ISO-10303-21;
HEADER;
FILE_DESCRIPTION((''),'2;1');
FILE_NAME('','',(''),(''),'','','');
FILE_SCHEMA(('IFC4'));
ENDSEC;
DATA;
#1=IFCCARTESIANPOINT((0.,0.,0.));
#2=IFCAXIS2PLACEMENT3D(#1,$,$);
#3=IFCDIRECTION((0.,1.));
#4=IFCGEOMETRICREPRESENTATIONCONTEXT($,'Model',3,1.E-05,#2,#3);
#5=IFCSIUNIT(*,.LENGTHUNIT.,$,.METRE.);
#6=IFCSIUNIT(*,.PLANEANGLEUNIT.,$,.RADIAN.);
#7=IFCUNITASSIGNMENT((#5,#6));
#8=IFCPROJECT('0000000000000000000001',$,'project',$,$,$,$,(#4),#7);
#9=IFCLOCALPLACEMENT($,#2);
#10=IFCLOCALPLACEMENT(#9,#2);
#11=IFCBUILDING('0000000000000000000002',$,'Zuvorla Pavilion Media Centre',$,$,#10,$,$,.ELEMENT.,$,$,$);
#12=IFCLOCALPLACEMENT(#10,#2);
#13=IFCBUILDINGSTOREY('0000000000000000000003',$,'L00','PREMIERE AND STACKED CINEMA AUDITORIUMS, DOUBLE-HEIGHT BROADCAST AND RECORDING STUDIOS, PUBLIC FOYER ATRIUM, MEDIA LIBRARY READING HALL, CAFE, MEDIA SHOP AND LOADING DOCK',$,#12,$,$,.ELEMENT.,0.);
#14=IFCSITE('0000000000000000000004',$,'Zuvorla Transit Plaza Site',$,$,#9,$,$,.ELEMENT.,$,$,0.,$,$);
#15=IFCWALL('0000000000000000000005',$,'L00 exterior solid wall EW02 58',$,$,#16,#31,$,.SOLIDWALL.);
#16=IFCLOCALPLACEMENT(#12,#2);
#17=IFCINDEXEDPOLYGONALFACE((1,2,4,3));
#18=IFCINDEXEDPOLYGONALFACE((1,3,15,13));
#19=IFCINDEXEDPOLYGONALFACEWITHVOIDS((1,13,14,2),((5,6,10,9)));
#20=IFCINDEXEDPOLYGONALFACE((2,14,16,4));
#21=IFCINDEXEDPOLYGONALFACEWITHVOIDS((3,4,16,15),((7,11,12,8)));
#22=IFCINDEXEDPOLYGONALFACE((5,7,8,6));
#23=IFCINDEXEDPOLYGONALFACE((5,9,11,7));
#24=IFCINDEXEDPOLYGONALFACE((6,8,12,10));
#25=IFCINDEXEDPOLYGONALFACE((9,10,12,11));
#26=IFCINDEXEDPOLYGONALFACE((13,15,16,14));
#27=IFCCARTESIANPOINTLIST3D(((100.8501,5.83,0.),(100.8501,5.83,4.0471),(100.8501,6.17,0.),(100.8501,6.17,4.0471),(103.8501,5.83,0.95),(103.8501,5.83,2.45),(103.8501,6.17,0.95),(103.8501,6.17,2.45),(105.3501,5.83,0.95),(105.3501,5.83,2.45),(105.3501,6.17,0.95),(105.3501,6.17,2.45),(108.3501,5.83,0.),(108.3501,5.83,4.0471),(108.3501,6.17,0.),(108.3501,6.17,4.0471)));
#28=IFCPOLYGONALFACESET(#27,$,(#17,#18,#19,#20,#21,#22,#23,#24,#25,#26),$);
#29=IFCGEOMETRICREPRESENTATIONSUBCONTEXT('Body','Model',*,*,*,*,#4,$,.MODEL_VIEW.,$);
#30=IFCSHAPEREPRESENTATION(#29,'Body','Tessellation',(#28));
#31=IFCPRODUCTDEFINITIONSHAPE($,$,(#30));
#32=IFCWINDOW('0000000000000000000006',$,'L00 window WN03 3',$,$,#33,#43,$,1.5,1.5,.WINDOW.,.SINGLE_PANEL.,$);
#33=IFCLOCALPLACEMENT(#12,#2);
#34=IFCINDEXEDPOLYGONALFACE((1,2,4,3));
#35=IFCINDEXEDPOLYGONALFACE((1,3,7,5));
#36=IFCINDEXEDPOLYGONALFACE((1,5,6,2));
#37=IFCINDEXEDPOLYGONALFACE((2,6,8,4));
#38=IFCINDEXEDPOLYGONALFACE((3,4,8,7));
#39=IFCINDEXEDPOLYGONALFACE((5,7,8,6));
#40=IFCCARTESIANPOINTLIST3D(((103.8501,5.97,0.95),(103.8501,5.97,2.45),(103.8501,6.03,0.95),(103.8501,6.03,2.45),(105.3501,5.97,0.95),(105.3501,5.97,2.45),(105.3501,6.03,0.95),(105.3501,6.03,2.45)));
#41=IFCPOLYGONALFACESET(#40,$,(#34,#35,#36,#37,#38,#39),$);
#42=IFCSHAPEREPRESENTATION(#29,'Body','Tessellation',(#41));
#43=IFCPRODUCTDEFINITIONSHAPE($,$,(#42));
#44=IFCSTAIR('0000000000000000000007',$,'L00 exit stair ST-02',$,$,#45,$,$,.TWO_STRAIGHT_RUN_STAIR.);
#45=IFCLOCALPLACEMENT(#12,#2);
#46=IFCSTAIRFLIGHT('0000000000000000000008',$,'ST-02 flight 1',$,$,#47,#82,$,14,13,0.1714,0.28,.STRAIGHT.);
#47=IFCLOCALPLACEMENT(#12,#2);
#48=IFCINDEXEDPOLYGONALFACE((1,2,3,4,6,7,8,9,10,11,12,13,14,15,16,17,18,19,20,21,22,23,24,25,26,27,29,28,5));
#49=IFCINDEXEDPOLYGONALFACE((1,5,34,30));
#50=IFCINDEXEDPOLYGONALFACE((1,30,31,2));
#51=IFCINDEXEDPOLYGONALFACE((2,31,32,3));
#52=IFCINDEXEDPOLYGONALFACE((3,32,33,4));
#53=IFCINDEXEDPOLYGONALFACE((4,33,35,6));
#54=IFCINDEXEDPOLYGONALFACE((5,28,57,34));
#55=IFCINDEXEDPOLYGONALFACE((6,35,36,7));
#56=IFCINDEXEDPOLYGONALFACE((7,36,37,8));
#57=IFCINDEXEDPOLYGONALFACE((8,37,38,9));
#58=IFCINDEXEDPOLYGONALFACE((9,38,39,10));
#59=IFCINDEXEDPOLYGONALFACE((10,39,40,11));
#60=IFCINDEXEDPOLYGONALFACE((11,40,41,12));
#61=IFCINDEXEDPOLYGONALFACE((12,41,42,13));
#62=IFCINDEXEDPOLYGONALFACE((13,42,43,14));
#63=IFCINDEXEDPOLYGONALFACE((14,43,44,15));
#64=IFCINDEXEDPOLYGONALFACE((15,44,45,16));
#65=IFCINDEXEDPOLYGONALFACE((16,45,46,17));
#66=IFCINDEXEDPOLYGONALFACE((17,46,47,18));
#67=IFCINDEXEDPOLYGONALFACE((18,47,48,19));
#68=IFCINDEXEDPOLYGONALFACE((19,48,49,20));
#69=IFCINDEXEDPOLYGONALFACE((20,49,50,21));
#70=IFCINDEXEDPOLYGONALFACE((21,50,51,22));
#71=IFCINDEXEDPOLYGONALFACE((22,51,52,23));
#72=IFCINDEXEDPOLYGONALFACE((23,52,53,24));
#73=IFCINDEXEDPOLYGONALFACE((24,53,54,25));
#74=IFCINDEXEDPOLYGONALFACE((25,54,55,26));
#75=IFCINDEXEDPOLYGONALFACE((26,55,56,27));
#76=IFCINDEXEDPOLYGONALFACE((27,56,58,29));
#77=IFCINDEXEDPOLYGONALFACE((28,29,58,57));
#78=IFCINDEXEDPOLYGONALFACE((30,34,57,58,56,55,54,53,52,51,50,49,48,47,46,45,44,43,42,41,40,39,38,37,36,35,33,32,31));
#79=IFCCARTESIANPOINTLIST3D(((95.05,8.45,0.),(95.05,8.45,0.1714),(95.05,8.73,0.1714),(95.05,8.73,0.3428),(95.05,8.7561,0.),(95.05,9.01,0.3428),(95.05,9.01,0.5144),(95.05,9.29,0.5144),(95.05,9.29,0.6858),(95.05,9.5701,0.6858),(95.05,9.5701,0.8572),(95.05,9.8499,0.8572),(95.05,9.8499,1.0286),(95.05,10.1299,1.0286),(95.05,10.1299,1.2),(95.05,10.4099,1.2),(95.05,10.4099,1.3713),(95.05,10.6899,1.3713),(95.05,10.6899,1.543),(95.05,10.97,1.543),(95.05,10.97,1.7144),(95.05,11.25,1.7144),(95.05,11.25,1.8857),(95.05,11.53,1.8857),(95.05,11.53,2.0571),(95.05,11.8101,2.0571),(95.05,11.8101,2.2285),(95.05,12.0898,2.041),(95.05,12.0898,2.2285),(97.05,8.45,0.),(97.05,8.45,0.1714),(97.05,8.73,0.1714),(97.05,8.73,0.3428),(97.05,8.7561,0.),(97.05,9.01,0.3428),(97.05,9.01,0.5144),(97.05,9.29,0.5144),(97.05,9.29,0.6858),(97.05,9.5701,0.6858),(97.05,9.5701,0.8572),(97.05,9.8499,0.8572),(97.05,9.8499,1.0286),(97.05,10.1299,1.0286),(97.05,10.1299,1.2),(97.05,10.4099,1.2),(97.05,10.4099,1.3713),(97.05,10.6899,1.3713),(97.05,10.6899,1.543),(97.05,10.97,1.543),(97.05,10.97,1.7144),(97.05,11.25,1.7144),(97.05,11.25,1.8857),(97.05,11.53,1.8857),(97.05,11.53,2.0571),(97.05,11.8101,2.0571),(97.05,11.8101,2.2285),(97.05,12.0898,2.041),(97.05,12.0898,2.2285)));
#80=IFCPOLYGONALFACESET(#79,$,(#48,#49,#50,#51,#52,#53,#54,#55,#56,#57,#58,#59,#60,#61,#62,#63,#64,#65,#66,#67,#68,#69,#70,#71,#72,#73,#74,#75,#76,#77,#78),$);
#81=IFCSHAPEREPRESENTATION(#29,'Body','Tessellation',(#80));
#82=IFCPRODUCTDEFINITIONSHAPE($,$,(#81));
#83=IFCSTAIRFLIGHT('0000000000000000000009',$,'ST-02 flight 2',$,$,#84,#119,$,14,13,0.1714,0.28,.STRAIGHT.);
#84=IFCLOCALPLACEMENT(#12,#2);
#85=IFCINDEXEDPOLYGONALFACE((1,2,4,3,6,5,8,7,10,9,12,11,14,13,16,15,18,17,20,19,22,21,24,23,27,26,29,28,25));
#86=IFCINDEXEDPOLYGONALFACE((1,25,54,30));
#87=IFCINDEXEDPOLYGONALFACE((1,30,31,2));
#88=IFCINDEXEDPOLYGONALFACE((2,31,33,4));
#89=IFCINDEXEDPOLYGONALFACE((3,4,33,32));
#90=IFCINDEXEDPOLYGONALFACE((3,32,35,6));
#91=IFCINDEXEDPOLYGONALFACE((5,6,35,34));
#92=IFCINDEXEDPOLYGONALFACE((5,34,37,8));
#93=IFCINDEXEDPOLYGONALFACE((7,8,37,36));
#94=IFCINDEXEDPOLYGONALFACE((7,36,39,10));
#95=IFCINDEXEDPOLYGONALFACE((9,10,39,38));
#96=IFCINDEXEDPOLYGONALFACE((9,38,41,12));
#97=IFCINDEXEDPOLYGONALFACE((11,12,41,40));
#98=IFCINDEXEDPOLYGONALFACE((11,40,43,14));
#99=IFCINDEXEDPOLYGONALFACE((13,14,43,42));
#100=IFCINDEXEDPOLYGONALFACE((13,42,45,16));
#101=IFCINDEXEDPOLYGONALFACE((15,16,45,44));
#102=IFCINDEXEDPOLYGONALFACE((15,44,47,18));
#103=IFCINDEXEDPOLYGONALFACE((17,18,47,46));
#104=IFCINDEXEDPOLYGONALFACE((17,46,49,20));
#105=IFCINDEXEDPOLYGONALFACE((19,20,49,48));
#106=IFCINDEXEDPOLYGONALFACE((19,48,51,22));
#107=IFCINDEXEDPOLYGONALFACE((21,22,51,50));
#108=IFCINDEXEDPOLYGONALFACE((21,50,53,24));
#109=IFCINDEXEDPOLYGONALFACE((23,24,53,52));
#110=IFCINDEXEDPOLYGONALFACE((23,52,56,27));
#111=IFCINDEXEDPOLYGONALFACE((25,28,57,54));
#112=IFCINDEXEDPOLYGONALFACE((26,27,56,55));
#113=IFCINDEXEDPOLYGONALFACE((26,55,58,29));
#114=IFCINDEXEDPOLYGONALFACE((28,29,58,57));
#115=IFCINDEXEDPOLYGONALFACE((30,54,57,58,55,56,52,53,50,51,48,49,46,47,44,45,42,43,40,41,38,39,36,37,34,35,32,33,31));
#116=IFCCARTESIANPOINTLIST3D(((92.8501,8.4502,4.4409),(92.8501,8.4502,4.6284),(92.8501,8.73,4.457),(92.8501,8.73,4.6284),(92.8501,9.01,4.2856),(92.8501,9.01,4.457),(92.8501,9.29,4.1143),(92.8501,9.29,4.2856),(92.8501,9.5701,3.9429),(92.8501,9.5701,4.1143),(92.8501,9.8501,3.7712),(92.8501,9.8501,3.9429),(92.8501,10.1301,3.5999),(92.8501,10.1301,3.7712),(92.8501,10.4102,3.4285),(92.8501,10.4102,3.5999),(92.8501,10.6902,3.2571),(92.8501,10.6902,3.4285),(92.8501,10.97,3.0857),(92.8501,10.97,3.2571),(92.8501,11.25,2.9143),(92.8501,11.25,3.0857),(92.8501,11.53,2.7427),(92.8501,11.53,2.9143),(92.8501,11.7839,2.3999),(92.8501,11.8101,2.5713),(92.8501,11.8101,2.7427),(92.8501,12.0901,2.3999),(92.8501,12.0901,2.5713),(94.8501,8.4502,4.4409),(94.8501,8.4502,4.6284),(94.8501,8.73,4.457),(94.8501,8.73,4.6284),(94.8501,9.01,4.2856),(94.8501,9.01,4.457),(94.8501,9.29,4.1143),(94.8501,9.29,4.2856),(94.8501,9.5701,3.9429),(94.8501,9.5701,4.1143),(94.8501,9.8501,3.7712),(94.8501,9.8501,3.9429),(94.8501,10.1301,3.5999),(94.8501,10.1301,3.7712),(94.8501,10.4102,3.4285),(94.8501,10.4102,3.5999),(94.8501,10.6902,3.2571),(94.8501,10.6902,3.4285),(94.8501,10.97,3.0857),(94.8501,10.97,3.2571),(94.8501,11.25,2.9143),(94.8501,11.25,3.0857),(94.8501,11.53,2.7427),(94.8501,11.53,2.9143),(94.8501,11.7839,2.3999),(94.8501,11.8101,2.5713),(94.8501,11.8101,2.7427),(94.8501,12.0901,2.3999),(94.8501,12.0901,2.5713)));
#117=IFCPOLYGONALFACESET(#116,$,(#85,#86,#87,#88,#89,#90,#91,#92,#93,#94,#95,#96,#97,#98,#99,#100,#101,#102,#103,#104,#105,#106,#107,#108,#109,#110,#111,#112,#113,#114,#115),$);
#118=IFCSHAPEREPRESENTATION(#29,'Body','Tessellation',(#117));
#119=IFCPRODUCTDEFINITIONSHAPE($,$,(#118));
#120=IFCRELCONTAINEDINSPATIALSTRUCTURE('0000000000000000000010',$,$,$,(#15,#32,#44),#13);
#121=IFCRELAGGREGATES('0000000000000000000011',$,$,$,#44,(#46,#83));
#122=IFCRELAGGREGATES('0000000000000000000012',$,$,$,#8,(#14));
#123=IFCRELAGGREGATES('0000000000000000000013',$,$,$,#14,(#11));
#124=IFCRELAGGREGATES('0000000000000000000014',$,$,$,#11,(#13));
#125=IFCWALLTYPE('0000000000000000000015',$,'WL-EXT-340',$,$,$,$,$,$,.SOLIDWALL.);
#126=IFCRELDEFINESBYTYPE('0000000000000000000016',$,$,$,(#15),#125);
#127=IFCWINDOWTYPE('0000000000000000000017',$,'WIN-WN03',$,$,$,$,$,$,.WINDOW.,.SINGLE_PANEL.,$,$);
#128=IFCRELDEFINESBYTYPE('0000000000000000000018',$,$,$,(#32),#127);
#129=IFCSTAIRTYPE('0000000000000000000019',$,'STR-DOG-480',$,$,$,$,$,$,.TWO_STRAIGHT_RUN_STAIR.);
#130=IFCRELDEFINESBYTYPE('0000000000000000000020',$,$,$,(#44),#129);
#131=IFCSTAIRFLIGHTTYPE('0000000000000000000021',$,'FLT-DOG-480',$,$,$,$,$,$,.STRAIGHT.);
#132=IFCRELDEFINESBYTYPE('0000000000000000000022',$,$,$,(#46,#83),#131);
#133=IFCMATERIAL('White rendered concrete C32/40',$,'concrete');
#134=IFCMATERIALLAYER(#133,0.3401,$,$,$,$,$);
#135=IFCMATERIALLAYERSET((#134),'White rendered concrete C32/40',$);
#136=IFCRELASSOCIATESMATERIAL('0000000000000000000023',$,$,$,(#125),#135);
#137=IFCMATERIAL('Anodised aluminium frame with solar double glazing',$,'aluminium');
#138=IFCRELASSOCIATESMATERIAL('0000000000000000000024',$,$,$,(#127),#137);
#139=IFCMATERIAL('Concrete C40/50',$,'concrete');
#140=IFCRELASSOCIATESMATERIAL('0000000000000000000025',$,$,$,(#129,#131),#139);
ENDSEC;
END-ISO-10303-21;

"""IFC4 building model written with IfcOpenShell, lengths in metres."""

from ifc_helpers import new_model, si_unit, direction, frame, frame_2d, origin, place, context, subcontext, project, spatial, polyline, rectangle, outline, extrude, material, layer, layer_set, type_object, element, fill, aggregate, save


model = new_model("IFC4")

# Units and contexts
model_context = context("Model", 3, precision=1e-05, world=origin(), true_north=direction((0.0, 1.0)))
body_context = subcontext(model_context, "Body", "Model", "MODEL_VIEW")
ifc_project = project(units=[si_unit("LENGTHUNIT", "METRE"), si_unit("PLANEANGLEUNIT", "RADIAN")], contexts=[model_context])

# Site, building, storey
site_placement = place(None, origin())
site = spatial("IfcSite", under=ifc_project, at=site_placement, Name="Zuvorla Transit Plaza Site", CompositionType="ELEMENT", RefElevation=0.0)
building_placement = place(site_placement, origin())
building = spatial("IfcBuilding", under=site, at=building_placement, Name="Zuvorla Pavilion Media Centre", CompositionType="ELEMENT")
storey_placement = place(building_placement, origin())
storey = spatial("IfcBuildingStorey", under=building, at=storey_placement, Name="L00", Description="PREMIERE AND STACKED CINEMA AUDITORIUMS, DOUBLE-HEIGHT BROADCAST AND RECORDING STUDIOS, PUBLIC FOYER ATRIUM, MEDIA LIBRARY READING HALL, CAFE, MEDIA SHOP AND LOADING DOCK", CompositionType="ELEMENT", Elevation=0.0)

# Shared definitions
ifc_material_1 = material(Name="Concrete C40/50", Category="concrete")

# Wall, opening, window
ifc_material_2 = material(Name="White rendered concrete C32/40", Category="concrete")
ifc_layer_1 = layer(ifc_material_2, 0.3401)
ifc_layer_set_1 = layer_set([ifc_layer_1], Name="White rendered concrete C32/40")
wall_type_1 = type_object("IfcWallType", Name="WL-EXT-340", PredefinedType="SOLIDWALL", material=ifc_layer_set_1)
wall_1_placement = place(storey_placement, frame((100.8501, 6.0, 0.0), z_axis=(0.0, 0.0, 1.0), x_axis=(1.0, 0.0, 0.0)))
wall_1 = element("IfcWall", 1, at=wall_1_placement, inside=storey, type_object=wall_type_1, Name="L00 exterior solid wall EW02 58", PredefinedType="SOLIDWALL", context=body_context, shape_type="SweptSolid", body=[
    extrude(rectangle(XDim=7.5, YDim=0.3401, at=frame_2d((3.75, 0.0))), origin(), (0.0, 0.0, 1.0), 4.0471),
])
opening_1_placement = place(wall_1_placement, frame((3.0, 0.0, 0.95)))
opening_1 = element("IfcOpeningElement", 2, at=opening_1_placement, cuts=wall_1, PredefinedType="OPENING", context=body_context, shape_type="SweptSolid", body=[
    extrude(rectangle(XDim=1.5, YDim=1.5, at=frame_2d((0.75, 0.75))), frame((0.0, 0.1799, 0.0), z_axis=(0.0, -1.0, 0.0), x_axis=(1.0, 0.0, 0.0)), (0.0, 0.0, 1.0), 0.3601),
])
ifc_material_3 = material(Name="Anodised aluminium frame with solar double glazing", Category="aluminium")
window_type = type_object("IfcWindowType", Name="WIN-WN03", PartitioningType="SINGLE_PANEL", PredefinedType="WINDOW", material=ifc_material_3)
window_placement = place(opening_1_placement, origin())
window = element("IfcWindow", 3, at=window_placement, inside=storey, type_object=window_type, Name="L00 window WN03 3", OverallHeight=1.5, OverallWidth=1.5, PartitioningType="SINGLE_PANEL", PredefinedType="WINDOW", context=body_context, shape_type="SweptSolid", body=[
    extrude(rectangle(XDim=1.5, YDim=1.5, at=frame_2d((0.75, 0.75))), frame((0.0, 0.03, 0.0), z_axis=(0.0, -1.0, 0.0), x_axis=(1.0, 0.0, 0.0)), (0.0, 0.0, 1.0), 0.0601),
])
fill(opening_1, window)

# Stair, stair flights
stair_type = type_object("IfcStairType", Name="STR-DOG-480", PredefinedType="TWO_STRAIGHT_RUN_STAIR", material=ifc_material_1)
stair_placement = place(storey_placement, origin())
stair = element("IfcStair", 4, at=stair_placement, inside=storey, type_object=stair_type, Name="L00 exit stair ST-02", PredefinedType="TWO_STRAIGHT_RUN_STAIR")
stair_flight_type = type_object("IfcStairFlightType", Name="FLT-DOG-480", PredefinedType="STRAIGHT", material=ifc_material_1)
stair_flight_1_placement = place(storey_placement, frame((96.05, 8.45, 0.0), z_axis=(0.0, 0.0, 1.0), x_axis=(0.0, 1.0, 0.0)))
stair_flight_1 = element("IfcStairFlight", 5, at=stair_flight_1_placement, type_object=stair_flight_type, Name="ST-02 flight 1", NumberOfRisers=14, NumberOfTreads=13, PredefinedType="STRAIGHT", RiserHeight=0.1714, TreadLength=0.28, context=body_context, shape_type="SweptSolid", body=[
    extrude(outline(polyline([(0.0, 0.0), (0.0, 0.1714), (0.28, 0.1714), (0.28, 0.3428), (0.5601, 0.3428), (0.5601, 0.5144), (0.8401, 0.5144), (0.8401, 0.6858), (1.1201, 0.6858), (1.1201, 0.8572), (1.3999, 0.8572), (1.3999, 1.0286), (1.6799, 1.0286), (1.6799, 1.2), (1.96, 1.2), (1.96, 1.3713), (2.24, 1.3713), (2.24, 1.543), (2.52, 1.543), (2.52, 1.7144), (2.8, 1.7144), (2.8, 1.8857), (3.0801, 1.8857), (3.0801, 2.0571), (3.3601, 2.0571), (3.3601, 2.2285), (3.6399, 2.2285), (3.6399, 2.3999), (3.6399, 2.041), (0.3062, 0.0), (0.0, 0.0)])), frame((0.0, 1.0, 0.0), z_axis=(0.0, -1.0, 0.0), x_axis=(1.0, 0.0, 0.0)), (0.0, 0.0, 1.0), 2.0),
])
stair_flight_2_placement = place(storey_placement, frame((93.8501, 12.0901, 2.3999), z_axis=(0.0, 0.0, 1.0), x_axis=(0.0, -1.0, 0.0)))
stair_flight_2 = element("IfcStairFlight", 6, at=stair_flight_2_placement, type_object=stair_flight_type, Name="ST-02 flight 2", NumberOfRisers=14, NumberOfTreads=13, PredefinedType="STRAIGHT", RiserHeight=0.1714, TreadLength=0.28, context=body_context, shape_type="SweptSolid", body=[
    extrude(outline(polyline([(0.0, 0.0), (0.0, 0.1714), (0.28, 0.1714), (0.28, 0.3428), (0.5601, 0.3428), (0.5601, 0.5144), (0.8401, 0.5144), (0.8401, 0.6858), (1.1201, 0.6858), (1.1201, 0.8572), (1.3999, 0.8572), (1.3999, 1.0286), (1.6799, 1.0286), (1.6799, 1.2), (1.96, 1.2), (1.96, 1.3713), (2.24, 1.3713), (2.24, 1.543), (2.52, 1.543), (2.52, 1.7144), (2.8, 1.7144), (2.8, 1.8857), (3.0801, 1.8857), (3.0801, 2.0571), (3.3601, 2.0571), (3.3601, 2.2285), (3.6399, 2.2285), (3.6399, 2.3999), (3.6399, 2.041), (0.3062, 0.0), (0.0, 0.0)])), frame((0.0, 1.0, 0.0), z_axis=(0.0, -1.0, 0.0), x_axis=(1.0, 0.0, 0.0)), (0.0, 0.0, 1.0), 2.0),
])
aggregate(stair, [stair_flight_1, stair_flight_2])

save(model, "model.ifc")
